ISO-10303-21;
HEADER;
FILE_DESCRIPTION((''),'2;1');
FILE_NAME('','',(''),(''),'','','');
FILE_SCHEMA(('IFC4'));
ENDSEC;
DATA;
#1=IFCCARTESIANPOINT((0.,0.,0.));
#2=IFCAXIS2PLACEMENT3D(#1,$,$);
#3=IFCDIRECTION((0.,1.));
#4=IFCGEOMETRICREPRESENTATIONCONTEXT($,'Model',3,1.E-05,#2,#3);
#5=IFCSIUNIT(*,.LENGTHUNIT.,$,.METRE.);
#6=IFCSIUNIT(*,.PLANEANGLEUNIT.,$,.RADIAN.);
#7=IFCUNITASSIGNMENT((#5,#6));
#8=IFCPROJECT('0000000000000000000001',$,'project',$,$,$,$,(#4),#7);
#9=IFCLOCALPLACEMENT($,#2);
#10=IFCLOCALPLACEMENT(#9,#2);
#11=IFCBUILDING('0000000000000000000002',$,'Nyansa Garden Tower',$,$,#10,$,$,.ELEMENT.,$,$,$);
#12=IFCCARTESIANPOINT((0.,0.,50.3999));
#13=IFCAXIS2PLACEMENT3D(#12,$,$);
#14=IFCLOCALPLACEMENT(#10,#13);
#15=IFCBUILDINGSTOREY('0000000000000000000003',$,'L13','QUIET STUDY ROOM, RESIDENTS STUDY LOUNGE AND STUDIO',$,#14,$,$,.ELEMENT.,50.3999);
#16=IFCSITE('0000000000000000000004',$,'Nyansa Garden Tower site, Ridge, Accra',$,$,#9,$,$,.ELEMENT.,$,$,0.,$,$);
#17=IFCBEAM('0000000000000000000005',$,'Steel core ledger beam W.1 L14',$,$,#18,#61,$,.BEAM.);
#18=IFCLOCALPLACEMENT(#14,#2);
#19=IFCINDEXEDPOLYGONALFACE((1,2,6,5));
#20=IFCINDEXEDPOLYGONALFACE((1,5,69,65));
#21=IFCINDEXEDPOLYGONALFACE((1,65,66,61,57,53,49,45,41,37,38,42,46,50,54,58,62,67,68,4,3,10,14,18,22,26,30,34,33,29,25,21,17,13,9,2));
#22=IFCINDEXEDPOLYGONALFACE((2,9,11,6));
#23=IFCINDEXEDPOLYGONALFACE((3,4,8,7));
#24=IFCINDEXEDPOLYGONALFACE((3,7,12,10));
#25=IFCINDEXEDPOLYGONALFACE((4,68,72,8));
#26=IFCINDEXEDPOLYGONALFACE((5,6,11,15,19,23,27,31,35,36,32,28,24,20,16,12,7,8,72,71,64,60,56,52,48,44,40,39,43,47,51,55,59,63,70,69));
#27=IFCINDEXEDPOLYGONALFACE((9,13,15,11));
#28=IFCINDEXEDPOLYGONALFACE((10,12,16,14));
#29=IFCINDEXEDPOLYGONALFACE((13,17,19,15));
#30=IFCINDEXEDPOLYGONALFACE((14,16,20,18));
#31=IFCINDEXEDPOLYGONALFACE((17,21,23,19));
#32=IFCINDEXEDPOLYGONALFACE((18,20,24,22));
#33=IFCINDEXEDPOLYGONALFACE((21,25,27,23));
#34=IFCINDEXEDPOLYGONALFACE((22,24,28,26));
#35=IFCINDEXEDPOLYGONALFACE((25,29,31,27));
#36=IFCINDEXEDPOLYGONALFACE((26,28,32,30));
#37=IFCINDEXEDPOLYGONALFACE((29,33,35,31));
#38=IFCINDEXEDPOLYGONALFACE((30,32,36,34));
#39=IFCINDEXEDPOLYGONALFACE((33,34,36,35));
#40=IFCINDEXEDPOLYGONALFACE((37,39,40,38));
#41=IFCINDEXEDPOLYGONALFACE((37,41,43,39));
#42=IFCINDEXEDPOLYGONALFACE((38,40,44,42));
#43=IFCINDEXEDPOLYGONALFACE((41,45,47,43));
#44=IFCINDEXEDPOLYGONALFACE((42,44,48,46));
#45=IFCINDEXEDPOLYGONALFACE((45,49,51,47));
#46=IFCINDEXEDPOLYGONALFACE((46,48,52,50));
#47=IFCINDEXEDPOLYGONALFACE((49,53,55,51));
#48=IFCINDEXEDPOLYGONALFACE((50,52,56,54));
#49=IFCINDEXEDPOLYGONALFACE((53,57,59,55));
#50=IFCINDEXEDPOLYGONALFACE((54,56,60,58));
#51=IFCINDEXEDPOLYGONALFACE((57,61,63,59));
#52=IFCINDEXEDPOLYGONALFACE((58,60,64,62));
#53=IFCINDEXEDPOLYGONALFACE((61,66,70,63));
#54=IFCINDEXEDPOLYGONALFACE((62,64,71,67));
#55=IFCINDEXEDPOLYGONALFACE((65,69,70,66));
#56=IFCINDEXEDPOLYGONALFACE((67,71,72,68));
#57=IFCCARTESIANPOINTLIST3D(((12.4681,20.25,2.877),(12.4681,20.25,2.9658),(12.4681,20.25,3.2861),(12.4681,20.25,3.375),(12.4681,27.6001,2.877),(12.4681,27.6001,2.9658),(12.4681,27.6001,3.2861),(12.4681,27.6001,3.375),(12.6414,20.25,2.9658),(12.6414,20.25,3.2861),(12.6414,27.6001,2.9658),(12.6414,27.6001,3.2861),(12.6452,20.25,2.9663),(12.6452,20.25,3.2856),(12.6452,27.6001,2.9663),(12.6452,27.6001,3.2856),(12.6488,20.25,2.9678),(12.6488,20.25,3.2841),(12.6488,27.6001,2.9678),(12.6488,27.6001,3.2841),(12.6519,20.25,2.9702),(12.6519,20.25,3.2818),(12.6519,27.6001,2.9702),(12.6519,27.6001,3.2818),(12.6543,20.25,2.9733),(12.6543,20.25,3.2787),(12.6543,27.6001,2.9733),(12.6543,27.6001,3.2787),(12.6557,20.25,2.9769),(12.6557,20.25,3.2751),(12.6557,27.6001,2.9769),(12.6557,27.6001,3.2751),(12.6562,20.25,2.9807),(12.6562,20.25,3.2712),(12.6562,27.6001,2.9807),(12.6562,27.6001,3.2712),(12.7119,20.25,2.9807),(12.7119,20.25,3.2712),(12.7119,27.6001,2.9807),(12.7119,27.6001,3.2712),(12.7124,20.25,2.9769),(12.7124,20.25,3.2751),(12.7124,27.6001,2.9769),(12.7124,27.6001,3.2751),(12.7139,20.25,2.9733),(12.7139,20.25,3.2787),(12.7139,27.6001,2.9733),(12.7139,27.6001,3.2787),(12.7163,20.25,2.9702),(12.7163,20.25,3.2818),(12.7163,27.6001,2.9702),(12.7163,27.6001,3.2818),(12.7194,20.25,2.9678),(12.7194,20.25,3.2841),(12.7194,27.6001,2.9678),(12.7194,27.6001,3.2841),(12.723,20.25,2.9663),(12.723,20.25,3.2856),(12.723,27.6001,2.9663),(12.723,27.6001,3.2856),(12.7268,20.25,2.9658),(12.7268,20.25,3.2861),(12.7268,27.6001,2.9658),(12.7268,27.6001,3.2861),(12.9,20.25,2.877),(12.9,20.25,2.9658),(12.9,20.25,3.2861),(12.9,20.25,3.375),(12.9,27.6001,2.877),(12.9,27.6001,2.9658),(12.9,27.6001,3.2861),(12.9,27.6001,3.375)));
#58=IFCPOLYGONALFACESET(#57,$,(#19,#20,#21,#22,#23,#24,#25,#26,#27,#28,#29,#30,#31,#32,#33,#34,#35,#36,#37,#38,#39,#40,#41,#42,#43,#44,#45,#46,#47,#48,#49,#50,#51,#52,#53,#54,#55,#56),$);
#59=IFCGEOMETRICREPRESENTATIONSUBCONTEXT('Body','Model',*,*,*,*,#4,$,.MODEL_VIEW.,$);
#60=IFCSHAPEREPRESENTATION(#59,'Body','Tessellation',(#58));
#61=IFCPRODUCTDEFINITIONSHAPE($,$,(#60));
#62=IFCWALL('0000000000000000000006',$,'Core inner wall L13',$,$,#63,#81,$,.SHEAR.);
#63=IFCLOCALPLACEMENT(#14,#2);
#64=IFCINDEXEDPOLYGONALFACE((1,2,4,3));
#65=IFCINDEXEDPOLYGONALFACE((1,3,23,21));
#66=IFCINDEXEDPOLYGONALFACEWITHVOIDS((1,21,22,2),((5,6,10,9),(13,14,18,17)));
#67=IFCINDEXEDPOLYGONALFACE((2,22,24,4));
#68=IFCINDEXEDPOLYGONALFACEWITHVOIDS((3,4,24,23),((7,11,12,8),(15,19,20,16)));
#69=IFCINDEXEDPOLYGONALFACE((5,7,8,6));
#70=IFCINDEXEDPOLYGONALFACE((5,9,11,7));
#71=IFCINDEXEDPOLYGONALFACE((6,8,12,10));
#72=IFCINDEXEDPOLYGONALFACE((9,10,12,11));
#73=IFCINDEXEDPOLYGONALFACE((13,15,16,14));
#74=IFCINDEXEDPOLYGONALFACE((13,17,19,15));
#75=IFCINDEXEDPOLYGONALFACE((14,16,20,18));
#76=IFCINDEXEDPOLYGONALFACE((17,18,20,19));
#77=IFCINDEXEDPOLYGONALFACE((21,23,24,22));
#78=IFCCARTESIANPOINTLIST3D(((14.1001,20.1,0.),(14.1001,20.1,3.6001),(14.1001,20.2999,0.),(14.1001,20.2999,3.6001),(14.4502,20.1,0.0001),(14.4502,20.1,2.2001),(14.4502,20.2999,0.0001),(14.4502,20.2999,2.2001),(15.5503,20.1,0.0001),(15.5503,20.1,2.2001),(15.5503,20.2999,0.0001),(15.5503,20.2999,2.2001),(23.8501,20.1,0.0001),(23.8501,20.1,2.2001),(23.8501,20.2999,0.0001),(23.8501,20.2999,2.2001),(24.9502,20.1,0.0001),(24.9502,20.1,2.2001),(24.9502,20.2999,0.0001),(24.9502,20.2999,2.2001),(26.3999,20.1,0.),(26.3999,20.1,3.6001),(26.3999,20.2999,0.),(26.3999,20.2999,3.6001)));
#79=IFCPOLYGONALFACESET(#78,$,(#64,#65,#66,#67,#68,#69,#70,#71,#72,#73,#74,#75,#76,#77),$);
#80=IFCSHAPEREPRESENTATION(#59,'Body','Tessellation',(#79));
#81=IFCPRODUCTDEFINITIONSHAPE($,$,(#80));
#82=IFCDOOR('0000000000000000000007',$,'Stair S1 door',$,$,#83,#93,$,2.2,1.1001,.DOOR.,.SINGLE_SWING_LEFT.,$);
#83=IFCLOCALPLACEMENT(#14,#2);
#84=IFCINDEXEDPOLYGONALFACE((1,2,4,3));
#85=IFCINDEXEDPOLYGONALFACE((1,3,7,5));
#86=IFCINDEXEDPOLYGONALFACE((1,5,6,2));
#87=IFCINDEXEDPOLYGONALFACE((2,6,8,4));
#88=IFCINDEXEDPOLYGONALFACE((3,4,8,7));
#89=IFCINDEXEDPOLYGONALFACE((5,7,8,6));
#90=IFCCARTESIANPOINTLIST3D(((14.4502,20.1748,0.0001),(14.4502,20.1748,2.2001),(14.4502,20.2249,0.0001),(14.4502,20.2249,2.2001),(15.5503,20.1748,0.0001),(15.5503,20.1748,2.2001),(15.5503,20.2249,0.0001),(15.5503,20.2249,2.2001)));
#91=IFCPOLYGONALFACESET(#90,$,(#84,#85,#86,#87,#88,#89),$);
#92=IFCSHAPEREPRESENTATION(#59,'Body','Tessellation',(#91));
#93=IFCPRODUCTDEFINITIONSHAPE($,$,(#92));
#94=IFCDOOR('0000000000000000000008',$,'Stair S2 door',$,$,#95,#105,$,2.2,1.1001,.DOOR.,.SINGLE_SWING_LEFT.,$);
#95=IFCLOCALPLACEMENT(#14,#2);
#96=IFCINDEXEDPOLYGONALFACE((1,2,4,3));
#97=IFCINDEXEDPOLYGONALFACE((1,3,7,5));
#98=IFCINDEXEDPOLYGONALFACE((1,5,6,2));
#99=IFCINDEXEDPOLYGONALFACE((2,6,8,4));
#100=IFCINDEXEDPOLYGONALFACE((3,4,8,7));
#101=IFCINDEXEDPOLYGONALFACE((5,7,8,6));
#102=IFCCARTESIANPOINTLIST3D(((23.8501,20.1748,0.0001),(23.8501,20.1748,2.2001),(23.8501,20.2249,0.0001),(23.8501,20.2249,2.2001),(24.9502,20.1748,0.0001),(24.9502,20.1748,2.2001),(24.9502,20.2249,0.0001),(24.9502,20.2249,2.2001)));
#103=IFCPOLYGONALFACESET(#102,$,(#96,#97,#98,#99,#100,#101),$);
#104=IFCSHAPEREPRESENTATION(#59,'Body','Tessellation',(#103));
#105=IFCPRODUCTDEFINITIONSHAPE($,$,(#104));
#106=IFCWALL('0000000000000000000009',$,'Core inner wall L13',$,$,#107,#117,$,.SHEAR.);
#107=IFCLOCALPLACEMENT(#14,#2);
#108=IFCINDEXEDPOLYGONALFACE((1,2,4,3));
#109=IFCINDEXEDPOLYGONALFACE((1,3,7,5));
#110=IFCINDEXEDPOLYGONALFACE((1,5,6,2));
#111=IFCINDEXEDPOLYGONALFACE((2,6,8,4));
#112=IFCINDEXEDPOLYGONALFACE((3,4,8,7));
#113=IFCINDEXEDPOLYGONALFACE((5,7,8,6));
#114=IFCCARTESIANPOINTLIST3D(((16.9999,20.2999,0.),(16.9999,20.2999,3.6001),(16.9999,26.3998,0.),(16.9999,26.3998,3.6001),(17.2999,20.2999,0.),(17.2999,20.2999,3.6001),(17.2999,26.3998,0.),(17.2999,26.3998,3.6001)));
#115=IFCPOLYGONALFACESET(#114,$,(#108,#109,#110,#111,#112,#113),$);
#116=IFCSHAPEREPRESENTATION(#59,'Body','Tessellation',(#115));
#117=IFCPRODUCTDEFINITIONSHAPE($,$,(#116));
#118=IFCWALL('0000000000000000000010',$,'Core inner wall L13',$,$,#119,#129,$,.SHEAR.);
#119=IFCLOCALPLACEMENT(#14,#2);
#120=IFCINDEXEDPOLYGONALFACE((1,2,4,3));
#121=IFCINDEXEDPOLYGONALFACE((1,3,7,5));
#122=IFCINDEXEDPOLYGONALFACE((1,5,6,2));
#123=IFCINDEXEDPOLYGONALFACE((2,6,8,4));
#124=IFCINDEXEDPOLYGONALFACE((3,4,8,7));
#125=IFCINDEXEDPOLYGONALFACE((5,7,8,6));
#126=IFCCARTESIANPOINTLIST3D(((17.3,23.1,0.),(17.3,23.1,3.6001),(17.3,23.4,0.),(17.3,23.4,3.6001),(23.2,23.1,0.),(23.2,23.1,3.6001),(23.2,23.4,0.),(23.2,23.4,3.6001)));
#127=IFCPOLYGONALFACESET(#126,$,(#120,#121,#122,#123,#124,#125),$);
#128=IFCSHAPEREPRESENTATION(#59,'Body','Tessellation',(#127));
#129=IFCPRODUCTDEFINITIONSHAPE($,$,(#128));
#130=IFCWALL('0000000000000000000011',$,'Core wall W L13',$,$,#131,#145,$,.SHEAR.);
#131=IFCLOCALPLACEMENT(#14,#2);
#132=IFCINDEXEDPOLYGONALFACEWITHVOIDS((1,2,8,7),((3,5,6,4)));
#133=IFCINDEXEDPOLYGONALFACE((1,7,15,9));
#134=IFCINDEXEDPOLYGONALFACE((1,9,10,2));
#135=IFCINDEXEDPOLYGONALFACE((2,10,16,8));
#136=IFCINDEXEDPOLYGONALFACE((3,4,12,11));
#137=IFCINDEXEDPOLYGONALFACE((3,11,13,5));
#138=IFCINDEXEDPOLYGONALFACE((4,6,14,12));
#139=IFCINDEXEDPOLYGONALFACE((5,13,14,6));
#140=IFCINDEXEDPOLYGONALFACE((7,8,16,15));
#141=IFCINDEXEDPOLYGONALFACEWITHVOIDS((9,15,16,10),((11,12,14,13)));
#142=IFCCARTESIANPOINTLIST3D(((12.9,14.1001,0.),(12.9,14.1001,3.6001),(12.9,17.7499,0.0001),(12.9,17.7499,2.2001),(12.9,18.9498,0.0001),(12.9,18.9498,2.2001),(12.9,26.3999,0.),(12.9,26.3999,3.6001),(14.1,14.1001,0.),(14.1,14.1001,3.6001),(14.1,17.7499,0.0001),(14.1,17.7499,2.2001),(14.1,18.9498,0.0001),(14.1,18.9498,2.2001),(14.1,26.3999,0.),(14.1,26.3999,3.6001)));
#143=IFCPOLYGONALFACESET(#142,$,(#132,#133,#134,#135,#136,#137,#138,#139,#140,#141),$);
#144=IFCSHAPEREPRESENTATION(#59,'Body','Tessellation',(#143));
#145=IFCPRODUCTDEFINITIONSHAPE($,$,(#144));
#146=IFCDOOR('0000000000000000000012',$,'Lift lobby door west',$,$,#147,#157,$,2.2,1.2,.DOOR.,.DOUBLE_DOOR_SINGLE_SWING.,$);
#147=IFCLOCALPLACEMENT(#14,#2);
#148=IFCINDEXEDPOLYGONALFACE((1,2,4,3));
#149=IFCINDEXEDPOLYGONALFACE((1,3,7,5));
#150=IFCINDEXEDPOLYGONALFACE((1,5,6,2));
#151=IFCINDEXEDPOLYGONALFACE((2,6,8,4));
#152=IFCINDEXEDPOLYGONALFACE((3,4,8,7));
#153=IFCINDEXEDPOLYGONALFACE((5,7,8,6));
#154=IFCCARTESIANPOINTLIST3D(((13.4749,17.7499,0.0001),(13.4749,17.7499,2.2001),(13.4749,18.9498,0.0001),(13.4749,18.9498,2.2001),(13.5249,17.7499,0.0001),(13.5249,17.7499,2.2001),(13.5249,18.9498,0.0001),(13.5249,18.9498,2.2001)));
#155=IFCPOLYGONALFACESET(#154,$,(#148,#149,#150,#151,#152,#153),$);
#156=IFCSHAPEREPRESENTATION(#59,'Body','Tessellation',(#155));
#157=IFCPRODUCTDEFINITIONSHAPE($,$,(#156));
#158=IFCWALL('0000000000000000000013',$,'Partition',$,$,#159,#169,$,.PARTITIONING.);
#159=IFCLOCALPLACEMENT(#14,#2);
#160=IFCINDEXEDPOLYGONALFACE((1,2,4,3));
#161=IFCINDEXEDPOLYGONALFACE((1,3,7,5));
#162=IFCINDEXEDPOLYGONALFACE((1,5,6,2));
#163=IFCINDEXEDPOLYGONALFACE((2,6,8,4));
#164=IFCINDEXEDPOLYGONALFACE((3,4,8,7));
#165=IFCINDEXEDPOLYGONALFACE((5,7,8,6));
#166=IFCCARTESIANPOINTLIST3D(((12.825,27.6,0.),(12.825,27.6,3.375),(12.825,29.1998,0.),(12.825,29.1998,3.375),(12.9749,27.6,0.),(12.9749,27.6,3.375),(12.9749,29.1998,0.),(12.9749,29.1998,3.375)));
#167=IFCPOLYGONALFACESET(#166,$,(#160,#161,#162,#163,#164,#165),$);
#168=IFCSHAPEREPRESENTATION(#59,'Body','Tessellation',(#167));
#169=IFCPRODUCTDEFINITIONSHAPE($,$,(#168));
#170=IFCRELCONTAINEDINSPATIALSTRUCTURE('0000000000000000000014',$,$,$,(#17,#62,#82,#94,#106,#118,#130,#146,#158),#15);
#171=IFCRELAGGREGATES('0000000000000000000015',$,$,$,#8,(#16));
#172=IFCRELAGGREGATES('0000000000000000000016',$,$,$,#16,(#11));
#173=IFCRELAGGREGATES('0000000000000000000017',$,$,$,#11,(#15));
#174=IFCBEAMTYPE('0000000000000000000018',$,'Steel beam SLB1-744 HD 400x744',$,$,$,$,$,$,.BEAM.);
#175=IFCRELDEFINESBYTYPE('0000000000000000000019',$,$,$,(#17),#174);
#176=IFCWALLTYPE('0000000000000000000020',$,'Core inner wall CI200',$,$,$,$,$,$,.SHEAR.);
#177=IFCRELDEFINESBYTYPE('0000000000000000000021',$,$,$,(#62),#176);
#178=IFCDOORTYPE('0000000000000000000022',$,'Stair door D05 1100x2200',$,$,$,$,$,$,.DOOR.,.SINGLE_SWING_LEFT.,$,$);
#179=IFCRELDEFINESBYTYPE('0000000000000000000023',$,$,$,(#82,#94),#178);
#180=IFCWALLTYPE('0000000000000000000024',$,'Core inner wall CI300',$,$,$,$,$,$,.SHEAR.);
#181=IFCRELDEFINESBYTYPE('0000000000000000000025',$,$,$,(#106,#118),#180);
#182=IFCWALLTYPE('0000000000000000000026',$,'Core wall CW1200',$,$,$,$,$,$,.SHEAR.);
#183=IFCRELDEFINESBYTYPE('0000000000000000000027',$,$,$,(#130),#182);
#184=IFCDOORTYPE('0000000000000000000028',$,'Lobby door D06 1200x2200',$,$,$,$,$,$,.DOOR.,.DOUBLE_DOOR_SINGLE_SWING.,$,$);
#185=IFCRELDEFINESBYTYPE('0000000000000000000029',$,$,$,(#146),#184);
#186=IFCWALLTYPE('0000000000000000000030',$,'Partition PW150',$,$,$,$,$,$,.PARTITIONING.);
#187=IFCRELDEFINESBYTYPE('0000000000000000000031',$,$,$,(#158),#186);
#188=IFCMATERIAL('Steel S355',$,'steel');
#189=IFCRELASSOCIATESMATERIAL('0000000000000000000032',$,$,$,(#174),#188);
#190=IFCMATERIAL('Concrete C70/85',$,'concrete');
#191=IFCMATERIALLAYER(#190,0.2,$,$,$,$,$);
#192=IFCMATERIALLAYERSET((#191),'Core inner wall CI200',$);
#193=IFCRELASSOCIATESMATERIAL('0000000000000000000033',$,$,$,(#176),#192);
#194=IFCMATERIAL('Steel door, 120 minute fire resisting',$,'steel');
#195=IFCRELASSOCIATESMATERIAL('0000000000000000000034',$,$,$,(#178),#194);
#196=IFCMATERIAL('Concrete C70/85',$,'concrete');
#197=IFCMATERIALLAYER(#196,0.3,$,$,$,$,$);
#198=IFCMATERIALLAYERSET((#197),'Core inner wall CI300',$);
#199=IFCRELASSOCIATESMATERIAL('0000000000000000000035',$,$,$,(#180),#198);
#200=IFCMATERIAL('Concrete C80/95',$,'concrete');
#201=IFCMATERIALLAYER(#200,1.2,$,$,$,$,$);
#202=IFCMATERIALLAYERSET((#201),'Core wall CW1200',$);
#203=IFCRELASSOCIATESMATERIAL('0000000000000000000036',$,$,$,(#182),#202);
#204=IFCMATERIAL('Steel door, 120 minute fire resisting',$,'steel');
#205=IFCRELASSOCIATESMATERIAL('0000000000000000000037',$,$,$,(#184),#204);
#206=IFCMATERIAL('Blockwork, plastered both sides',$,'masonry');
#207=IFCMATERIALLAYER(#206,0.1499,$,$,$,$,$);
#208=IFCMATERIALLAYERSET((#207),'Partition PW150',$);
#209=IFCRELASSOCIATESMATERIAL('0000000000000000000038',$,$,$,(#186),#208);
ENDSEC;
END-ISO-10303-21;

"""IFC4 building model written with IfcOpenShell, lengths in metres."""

from ifc_helpers import new_model, si_unit, direction, frame, frame_2d, origin, origin_2d, place, context, subcontext, project, spatial, rectangle, i_section, extrude, material, layer, layer_set, material_profile, profile_set, type_object, element, fill, save


model = new_model("IFC4")

# Units and contexts
model_context = context("Model", 3, precision=1e-05, world=origin(), true_north=direction((0.0, 1.0)))
body_context = subcontext(model_context, "Body", "Model", "MODEL_VIEW")
ifc_project = project(units=[si_unit("LENGTHUNIT", "METRE"), si_unit("PLANEANGLEUNIT", "RADIAN")], contexts=[model_context])

# Site, building, storey
site_placement = place(None, origin())
site = spatial("IfcSite", under=ifc_project, at=site_placement, Name="Nyansa Garden Tower site, Ridge, Accra", CompositionType="ELEMENT", RefElevation=0.0)
building_placement = place(site_placement, origin())
building = spatial("IfcBuilding", under=site, at=building_placement, Name="Nyansa Garden Tower", CompositionType="ELEMENT")
storey_placement = place(building_placement, frame((0.0, 0.0, 50.3999)))
storey = spatial("IfcBuildingStorey", under=building, at=storey_placement, Name="L13", Description="QUIET STUDY ROOM, RESIDENTS STUDY LOUNGE AND STUDIO", CompositionType="ELEMENT", Elevation=50.3999)

# Beam
ifc_material_1 = material(Name="Steel S355", Category="steel")
ifc_material_profile_1 = material_profile(ifc_material_1, i_section(OverallWidth=0.4319, OverallDepth=0.498, WebThickness=0.0557, FlangeThickness=0.0889, FilletRadius=0.0149, at=origin_2d()), Name="HD 400x744")
ifc_profile_set_1 = profile_set([ifc_material_profile_1], Name="Steel S355")
beam_type_1 = type_object("IfcBeamType", Name="Steel beam SLB1-744 HD 400x744", PredefinedType="BEAM", material=ifc_profile_set_1)
beam_1_placement = place(storey_placement, frame((12.6841, 27.6001, 3.126), z_axis=(0.0, -1.0, 0.0), x_axis=(1.0, 0.0, 0.0)))
element("IfcBeam", 1, at=beam_1_placement, inside=storey, type_object=beam_type_1, Name="Steel core ledger beam W.1 L14", PredefinedType="BEAM", context=body_context, shape_type="SweptSolid", body=[
    extrude(i_section(OverallWidth=0.4319, OverallDepth=0.498, WebThickness=0.0557, FlangeThickness=0.0889, FilletRadius=0.0149, at=origin_2d()), origin(), (0.0, 0.0, 1.0), 7.3501),
])

# Wall, openings, doors
ifc_material_2 = material(Name="Concrete C70/85", Category="concrete")
ifc_layer_1 = layer(ifc_material_2, 0.2)
ifc_layer_set_1 = layer_set([ifc_layer_1], Name="Core inner wall CI200")
wall_type_1 = type_object("IfcWallType", Name="Core inner wall CI200", PredefinedType="SHEAR", material=ifc_layer_set_1)
wall_1_placement = place(storey_placement, frame((14.1001, 20.2, 0.0), z_axis=(0.0, 0.0, 1.0), x_axis=(1.0, 0.0, 0.0)))
wall_1 = element("IfcWall", 2, at=wall_1_placement, inside=storey, type_object=wall_type_1, Name="Core inner wall L13", PredefinedType="SHEAR", context=body_context, shape_type="SweptSolid", body=[
    extrude(rectangle(XDim=12.2998, YDim=0.2, at=frame_2d((6.1499, 0.0))), origin(), (0.0, 0.0, 1.0), 3.6001),
])
opening_1_placement = place(wall_1_placement, frame((0.3501, 0.0, 0.0)))
opening_1 = element("IfcOpeningElement", 3, at=opening_1_placement, cuts=wall_1, PredefinedType="OPENING", context=body_context, shape_type="SweptSolid", body=[
    extrude(rectangle(XDim=1.1001, YDim=2.2, at=frame_2d((0.55, 1.1001))), frame((0.0, 0.1099, 0.0), z_axis=(0.0, -1.0, 0.0), x_axis=(1.0, 0.0, 0.0)), (0.0, 0.0, 1.0), 0.22),
])
opening_2_placement = place(wall_1_placement, frame((9.75, 0.0, 0.0)))
opening_2 = element("IfcOpeningElement", 4, at=opening_2_placement, cuts=wall_1, PredefinedType="OPENING", context=body_context, shape_type="SweptSolid", body=[
    extrude(rectangle(XDim=1.1001, YDim=2.2, at=frame_2d((0.55, 1.1001))), frame((0.0, 0.1099, 0.0), z_axis=(0.0, -1.0, 0.0), x_axis=(1.0, 0.0, 0.0)), (0.0, 0.0, 1.0), 0.22),
])
ifc_material_3 = material(Name="Steel door, 120 minute fire resisting", Category="steel")
door_type_1 = type_object("IfcDoorType", Name="Stair door D05 1100x2200", OperationType="SINGLE_SWING_LEFT", PredefinedType="DOOR", material=ifc_material_3)
door_1_placement = place(opening_1_placement, origin())
door_1 = element("IfcDoor", 5, at=door_1_placement, inside=storey, type_object=door_type_1, Name="Stair S1 door", OperationType="SINGLE_SWING_LEFT", OverallHeight=2.2, OverallWidth=1.1001, PredefinedType="DOOR", context=body_context, shape_type="SweptSolid", body=[
    extrude(rectangle(XDim=1.1001, YDim=2.2, at=frame_2d((0.55, 1.1001))), frame((0.0, 0.0249, 0.0), z_axis=(0.0, -1.0, 0.0), x_axis=(1.0, 0.0, 0.0)), (0.0, 0.0, 1.0), 0.05),
])
fill(opening_1, door_1)
door_2_placement = place(opening_2_placement, origin())
door_2 = element("IfcDoor", 6, at=door_2_placement, inside=storey, type_object=door_type_1, Name="Stair S2 door", OperationType="SINGLE_SWING_LEFT", OverallHeight=2.2, OverallWidth=1.1001, PredefinedType="DOOR", context=body_context, shape_type="SweptSolid", body=[
    extrude(rectangle(XDim=1.1001, YDim=2.2, at=frame_2d((0.55, 1.1001))), frame((0.0, 0.0249, 0.0), z_axis=(0.0, -1.0, 0.0), x_axis=(1.0, 0.0, 0.0)), (0.0, 0.0, 1.0), 0.05),
])
fill(opening_2, door_2)

# Walls
ifc_material_4 = material(Name="Concrete C70/85", Category="concrete")
ifc_layer_2 = layer(ifc_material_4, 0.3)
ifc_layer_set_2 = layer_set([ifc_layer_2], Name="Core inner wall CI300")
wall_type_2 = type_object("IfcWallType", Name="Core inner wall CI300", PredefinedType="SHEAR", material=ifc_layer_set_2)
wall_2_placement = place(storey_placement, frame((17.1499, 20.3, 0.0), z_axis=(0.0, 0.0, 1.0), x_axis=(0.0, 1.0, 0.0)))
element("IfcWall", 7, at=wall_2_placement, inside=storey, type_object=wall_type_2, Name="Core inner wall L13", PredefinedType="SHEAR", context=body_context, shape_type="SweptSolid", body=[
    extrude(rectangle(XDim=6.0999, YDim=0.3, at=frame_2d((3.0498, 0.0))), origin(), (0.0, 0.0, 1.0), 3.6001),
])
wall_3_placement = place(storey_placement, frame((17.3, 23.25, 0.0), z_axis=(0.0, 0.0, 1.0), x_axis=(1.0, 0.0, 0.0)))
element("IfcWall", 8, at=wall_3_placement, inside=storey, type_object=wall_type_2, Name="Core inner wall L13", PredefinedType="SHEAR", context=body_context, shape_type="SweptSolid", body=[
    extrude(rectangle(XDim=5.8999, YDim=0.3, at=frame_2d((2.95, 0.0))), origin(), (0.0, 0.0, 1.0), 3.6001),
])

# Wall, opening, door
ifc_material_5 = material(Name="Concrete C80/95", Category="concrete")
ifc_layer_3 = layer(ifc_material_5, 1.2)
ifc_layer_set_3 = layer_set([ifc_layer_3], Name="Core wall CW1200")
wall_type_3 = type_object("IfcWallType", Name="Core wall CW1200", PredefinedType="SHEAR", material=ifc_layer_set_3)
wall_4_placement = place(storey_placement, frame((13.5, 26.3999, 0.0), z_axis=(0.0, 0.0, 1.0), x_axis=(0.0, -1.0, 0.0)))
wall_4 = element("IfcWall", 9, at=wall_4_placement, inside=storey, type_object=wall_type_3, Name="Core wall W L13", PredefinedType="SHEAR", context=body_context, shape_type="SweptSolid", body=[
    extrude(rectangle(XDim=12.2998, YDim=1.2, at=frame_2d((6.1499, 0.0))), origin(), (0.0, 0.0, 1.0), 3.6001),
])
opening_3_placement = place(wall_4_placement, frame((7.45, 0.0, 0.0)))
opening_3 = element("IfcOpeningElement", 10, at=opening_3_placement, cuts=wall_4, PredefinedType="OPENING", context=body_context, shape_type="SweptSolid", body=[
    extrude(rectangle(XDim=1.2, YDim=2.2, at=frame_2d((0.6001, 1.1001))), frame((0.0, 0.6099, 0.0), z_axis=(0.0, -1.0, 0.0), x_axis=(1.0, 0.0, 0.0)), (0.0, 0.0, 1.0), 1.22),
])
ifc_material_6 = material(Name="Steel door, 120 minute fire resisting", Category="steel")
door_type_2 = type_object("IfcDoorType", Name="Lobby door D06 1200x2200", OperationType="DOUBLE_DOOR_SINGLE_SWING", PredefinedType="DOOR", material=ifc_material_6)
door_3_placement = place(opening_3_placement, origin())
door_3 = element("IfcDoor", 11, at=door_3_placement, inside=storey, type_object=door_type_2, Name="Lift lobby door west", OperationType="DOUBLE_DOOR_SINGLE_SWING", OverallHeight=2.2, OverallWidth=1.2, PredefinedType="DOOR", context=body_context, shape_type="SweptSolid", body=[
    extrude(rectangle(XDim=1.2, YDim=2.2, at=frame_2d((0.6001, 1.1001))), frame((0.0, 0.0249, 0.0), z_axis=(0.0, -1.0, 0.0), x_axis=(1.0, 0.0, 0.0)), (0.0, 0.0, 1.0), 0.05),
])
fill(opening_3, door_3)

# Wall
ifc_material_7 = material(Name="Blockwork, plastered both sides", Category="masonry")
ifc_layer_4 = layer(ifc_material_7, 0.1499)
ifc_layer_set_4 = layer_set([ifc_layer_4], Name="Partition PW150")
wall_type_4 = type_object("IfcWallType", Name="Partition PW150", PredefinedType="PARTITIONING", material=ifc_layer_set_4)
wall_5_placement = place(storey_placement, frame((12.8999, 27.6001, 0.0), z_axis=(0.0, 0.0, 1.0), x_axis=(0.0, 1.0, 0.0)))
element("IfcWall", 12, at=wall_5_placement, inside=storey, type_object=wall_type_4, Name="Partition", PredefinedType="PARTITIONING", context=body_context, shape_type="SweptSolid", body=[
    extrude(rectangle(XDim=1.5999, YDim=0.1499, at=frame_2d((0.7998, 0.0))), origin(), (0.0, 0.0, 1.0), 3.375),
])

save(model, "model.ifc")
